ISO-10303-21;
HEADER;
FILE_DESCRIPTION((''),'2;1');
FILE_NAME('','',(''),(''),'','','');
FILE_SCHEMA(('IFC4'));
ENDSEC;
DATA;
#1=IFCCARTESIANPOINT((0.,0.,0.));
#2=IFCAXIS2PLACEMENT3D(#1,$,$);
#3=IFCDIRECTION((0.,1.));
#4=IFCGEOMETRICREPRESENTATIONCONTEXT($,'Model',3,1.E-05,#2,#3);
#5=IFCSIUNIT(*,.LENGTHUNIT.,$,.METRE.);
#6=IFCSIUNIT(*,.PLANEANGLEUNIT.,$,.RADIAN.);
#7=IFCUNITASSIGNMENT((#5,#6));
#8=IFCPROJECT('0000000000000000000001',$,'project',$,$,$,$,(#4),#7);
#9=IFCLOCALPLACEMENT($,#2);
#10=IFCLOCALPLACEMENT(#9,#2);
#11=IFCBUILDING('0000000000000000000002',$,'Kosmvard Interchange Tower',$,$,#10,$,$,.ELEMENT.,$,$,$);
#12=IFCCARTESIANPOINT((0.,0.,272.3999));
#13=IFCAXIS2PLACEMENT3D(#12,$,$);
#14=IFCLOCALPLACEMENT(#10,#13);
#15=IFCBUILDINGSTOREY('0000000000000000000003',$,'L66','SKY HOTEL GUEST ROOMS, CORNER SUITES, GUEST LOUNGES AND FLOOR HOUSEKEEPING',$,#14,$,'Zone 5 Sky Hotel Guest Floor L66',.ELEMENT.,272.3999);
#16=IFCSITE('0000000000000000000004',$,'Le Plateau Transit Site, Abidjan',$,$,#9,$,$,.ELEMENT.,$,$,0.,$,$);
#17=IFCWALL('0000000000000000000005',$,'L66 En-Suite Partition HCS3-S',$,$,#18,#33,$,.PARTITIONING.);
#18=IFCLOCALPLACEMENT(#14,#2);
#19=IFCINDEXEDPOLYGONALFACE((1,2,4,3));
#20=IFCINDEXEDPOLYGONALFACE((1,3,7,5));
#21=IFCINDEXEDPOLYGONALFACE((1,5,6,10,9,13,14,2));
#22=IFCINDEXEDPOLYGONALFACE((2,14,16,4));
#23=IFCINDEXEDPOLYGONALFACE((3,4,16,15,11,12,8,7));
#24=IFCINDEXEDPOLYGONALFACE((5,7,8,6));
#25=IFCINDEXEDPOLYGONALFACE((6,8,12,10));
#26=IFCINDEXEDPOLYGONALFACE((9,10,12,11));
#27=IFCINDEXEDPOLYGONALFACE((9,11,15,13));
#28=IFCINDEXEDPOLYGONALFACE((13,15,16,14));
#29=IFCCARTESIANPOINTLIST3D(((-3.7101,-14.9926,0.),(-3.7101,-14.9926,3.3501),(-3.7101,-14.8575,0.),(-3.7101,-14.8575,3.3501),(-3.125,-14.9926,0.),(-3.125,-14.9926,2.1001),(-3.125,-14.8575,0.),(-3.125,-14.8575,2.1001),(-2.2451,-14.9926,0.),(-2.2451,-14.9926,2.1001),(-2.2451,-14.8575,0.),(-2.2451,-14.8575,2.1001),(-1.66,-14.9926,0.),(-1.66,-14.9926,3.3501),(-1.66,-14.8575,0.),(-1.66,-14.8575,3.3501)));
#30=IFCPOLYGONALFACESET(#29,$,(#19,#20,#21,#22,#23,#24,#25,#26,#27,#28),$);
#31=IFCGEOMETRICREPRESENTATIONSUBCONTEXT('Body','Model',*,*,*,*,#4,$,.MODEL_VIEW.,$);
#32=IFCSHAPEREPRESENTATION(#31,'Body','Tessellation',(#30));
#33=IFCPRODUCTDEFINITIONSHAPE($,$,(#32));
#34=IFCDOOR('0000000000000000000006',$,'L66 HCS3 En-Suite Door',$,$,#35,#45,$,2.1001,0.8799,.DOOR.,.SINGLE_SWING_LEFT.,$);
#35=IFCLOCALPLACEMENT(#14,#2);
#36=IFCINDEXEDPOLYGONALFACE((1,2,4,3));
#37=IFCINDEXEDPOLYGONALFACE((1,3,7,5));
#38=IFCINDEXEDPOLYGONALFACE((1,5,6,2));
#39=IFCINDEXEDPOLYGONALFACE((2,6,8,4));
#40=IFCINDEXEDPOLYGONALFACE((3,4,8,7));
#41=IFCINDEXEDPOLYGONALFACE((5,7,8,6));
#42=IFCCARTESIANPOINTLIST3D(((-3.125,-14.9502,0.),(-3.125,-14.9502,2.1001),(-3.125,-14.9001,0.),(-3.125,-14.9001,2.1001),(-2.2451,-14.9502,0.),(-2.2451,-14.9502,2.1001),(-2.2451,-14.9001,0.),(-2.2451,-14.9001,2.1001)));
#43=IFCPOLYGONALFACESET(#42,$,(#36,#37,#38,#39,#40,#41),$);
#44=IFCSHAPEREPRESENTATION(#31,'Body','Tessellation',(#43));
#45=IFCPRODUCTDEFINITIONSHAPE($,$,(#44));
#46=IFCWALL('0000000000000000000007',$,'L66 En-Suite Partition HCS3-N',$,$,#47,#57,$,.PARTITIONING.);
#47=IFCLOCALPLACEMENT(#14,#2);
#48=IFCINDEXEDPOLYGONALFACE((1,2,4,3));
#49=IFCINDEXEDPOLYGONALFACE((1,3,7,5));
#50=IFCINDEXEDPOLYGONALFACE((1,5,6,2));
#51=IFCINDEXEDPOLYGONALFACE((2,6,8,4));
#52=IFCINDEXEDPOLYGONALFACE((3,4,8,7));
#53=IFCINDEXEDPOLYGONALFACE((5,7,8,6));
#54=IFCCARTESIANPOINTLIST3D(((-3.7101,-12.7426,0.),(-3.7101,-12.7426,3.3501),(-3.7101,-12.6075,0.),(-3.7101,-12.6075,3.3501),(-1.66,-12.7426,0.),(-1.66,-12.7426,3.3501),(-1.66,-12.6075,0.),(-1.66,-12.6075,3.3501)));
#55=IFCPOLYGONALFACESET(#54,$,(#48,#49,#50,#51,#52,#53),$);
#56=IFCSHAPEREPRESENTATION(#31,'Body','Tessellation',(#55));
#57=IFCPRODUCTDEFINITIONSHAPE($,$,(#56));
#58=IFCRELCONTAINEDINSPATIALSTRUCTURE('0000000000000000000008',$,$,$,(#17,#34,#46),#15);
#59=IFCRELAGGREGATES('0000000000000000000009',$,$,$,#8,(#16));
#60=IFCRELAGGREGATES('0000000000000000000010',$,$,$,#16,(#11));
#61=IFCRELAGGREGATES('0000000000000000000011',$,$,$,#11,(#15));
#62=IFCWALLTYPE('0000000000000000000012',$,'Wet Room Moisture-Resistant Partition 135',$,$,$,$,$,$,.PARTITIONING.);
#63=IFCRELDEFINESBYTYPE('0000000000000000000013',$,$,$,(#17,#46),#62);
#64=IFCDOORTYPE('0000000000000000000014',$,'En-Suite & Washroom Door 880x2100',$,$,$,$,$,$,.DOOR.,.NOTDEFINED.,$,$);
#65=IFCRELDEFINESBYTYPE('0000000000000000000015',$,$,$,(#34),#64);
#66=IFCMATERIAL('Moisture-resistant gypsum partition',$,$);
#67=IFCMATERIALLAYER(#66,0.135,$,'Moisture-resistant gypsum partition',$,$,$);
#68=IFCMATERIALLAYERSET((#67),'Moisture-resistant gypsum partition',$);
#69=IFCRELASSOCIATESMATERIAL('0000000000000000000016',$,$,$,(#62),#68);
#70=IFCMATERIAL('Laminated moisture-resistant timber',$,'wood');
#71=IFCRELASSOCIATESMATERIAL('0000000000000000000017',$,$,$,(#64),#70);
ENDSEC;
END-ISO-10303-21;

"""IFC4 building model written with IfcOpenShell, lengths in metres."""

from ifc_helpers import new_model, si_unit, direction, frame, frame_2d, origin, place, context, subcontext, project, spatial, rectangle, extrude, source, transform, mapped, material, layer, layer_set, type_object, element, fill, save


model = new_model("IFC4")

# Units and contexts
model_context = context("Model", 3, precision=1e-05, world=origin(), true_north=direction((0.0, 1.0)))
body_context = subcontext(model_context, "Body", "Model", "MODEL_VIEW")
ifc_project = project(units=[si_unit("LENGTHUNIT", "METRE"), si_unit("PLANEANGLEUNIT", "RADIAN")], contexts=[model_context])

# Site, building, storey
site_placement = place(None, origin())
site = spatial("IfcSite", under=ifc_project, at=site_placement, Name="Le Plateau Transit Site, Abidjan", CompositionType="ELEMENT", RefElevation=0.0)
building_placement = place(site_placement, origin())
building = spatial("IfcBuilding", under=site, at=building_placement, Name="Kosmvard Interchange Tower", CompositionType="ELEMENT")
storey_placement = place(building_placement, frame((0.0, 0.0, 272.3999)))
storey = spatial("IfcBuildingStorey", under=building, at=storey_placement, Name="L66", Description="SKY HOTEL GUEST ROOMS, CORNER SUITES, GUEST LOUNGES AND FLOOR HOUSEKEEPING", LongName="Zone 5 Sky Hotel Guest Floor L66", CompositionType="ELEMENT", Elevation=272.3999)

# Shared definitions
ifc_material_1 = material(Name="Laminated moisture-resistant timber", Category="wood")

# Shared definitions
ifc_material_2 = material(Name="Moisture-resistant gypsum partition")
ifc_layer_1 = layer(ifc_material_2, 0.135, Name="Moisture-resistant gypsum partition")
ifc_layer_set_1 = layer_set([ifc_layer_1], Name="Moisture-resistant gypsum partition")
wall_type_1 = type_object("IfcWallType", Name="Wet Room Moisture-Resistant Partition 135", PredefinedType="PARTITIONING", material=ifc_layer_set_1)

# Wall, opening, door
wall_1_placement = place(storey_placement, frame((-3.71, -14.925, 0.0), z_axis=(0.0, 0.0, 1.0), x_axis=(1.0, 0.0, 0.0)))
wall_1 = element("IfcWall", 1, at=wall_1_placement, inside=storey, type_object=wall_type_1, Name="L66 En-Suite Partition HCS3-S", PredefinedType="PARTITIONING", context=body_context, shape_type="SweptSolid", body=[
    extrude(rectangle(XDim=2.05, YDim=0.135, at=frame_2d((1.0249, 0.0))), origin(), (0.0, 0.0, 1.0), 3.3501),
])
opening_1_placement = place(wall_1_placement, frame((0.585, 0.0, 0.0)))
opening_1 = element("IfcOpeningElement", 2, at=opening_1_placement, cuts=wall_1, PredefinedType="OPENING", context=body_context, shape_type="SweptSolid", body=[
    extrude(rectangle(XDim=0.8799, YDim=2.1001, at=frame_2d((0.4399, 1.05))), frame((0.0, 0.0776, 0.0), z_axis=(0.0, -1.0, 0.0), x_axis=(1.0, 0.0, 0.0)), (0.0, 0.0, 1.0), 0.155),
])
door_type_1 = type_object("IfcDoorType", Name="En-Suite & Washroom Door 880x2100", OperationType="NOTDEFINED", PredefinedType="DOOR", material=ifc_material_1)
shared_shape_1 = source(origin(), body_context, "Body", "SweptSolid", [
    extrude(rectangle(XDim=0.8799, YDim=2.1001, at=frame_2d((0.4399, 1.05))), frame((0.0, 0.0249, 0.0), z_axis=(0.0, -1.0, 0.0), x_axis=(1.0, 0.0, 0.0)), (0.0, 0.0, 1.0), 0.05),
])
door_1_placement = place(opening_1_placement, origin())
door_1 = element("IfcDoor", 3, at=door_1_placement, inside=storey, type_object=door_type_1, Name="L66 HCS3 En-Suite Door", OperationType="SINGLE_SWING_LEFT", OverallHeight=2.1001, OverallWidth=0.8799, PredefinedType="DOOR", context=body_context, shape_type="MappedRepresentation", body=[
    mapped(shared_shape_1, transform((0.0, 0.0, 0.0), scale=1.0)),
])
fill(opening_1, door_1)

# Wall
wall_2_placement = place(storey_placement, frame((-3.71, -12.675, 0.0), z_axis=(0.0, 0.0, 1.0), x_axis=(1.0, 0.0, 0.0)))
element("IfcWall", 4, at=wall_2_placement, inside=storey, type_object=wall_type_1, Name="L66 En-Suite Partition HCS3-N", PredefinedType="PARTITIONING", context=body_context, shape_type="SweptSolid", body=[
    extrude(rectangle(XDim=2.05, YDim=0.135, at=frame_2d((1.0249, 0.0))), origin(), (0.0, 0.0, 1.0), 3.3501),
])

save(model, "model.ifc")
